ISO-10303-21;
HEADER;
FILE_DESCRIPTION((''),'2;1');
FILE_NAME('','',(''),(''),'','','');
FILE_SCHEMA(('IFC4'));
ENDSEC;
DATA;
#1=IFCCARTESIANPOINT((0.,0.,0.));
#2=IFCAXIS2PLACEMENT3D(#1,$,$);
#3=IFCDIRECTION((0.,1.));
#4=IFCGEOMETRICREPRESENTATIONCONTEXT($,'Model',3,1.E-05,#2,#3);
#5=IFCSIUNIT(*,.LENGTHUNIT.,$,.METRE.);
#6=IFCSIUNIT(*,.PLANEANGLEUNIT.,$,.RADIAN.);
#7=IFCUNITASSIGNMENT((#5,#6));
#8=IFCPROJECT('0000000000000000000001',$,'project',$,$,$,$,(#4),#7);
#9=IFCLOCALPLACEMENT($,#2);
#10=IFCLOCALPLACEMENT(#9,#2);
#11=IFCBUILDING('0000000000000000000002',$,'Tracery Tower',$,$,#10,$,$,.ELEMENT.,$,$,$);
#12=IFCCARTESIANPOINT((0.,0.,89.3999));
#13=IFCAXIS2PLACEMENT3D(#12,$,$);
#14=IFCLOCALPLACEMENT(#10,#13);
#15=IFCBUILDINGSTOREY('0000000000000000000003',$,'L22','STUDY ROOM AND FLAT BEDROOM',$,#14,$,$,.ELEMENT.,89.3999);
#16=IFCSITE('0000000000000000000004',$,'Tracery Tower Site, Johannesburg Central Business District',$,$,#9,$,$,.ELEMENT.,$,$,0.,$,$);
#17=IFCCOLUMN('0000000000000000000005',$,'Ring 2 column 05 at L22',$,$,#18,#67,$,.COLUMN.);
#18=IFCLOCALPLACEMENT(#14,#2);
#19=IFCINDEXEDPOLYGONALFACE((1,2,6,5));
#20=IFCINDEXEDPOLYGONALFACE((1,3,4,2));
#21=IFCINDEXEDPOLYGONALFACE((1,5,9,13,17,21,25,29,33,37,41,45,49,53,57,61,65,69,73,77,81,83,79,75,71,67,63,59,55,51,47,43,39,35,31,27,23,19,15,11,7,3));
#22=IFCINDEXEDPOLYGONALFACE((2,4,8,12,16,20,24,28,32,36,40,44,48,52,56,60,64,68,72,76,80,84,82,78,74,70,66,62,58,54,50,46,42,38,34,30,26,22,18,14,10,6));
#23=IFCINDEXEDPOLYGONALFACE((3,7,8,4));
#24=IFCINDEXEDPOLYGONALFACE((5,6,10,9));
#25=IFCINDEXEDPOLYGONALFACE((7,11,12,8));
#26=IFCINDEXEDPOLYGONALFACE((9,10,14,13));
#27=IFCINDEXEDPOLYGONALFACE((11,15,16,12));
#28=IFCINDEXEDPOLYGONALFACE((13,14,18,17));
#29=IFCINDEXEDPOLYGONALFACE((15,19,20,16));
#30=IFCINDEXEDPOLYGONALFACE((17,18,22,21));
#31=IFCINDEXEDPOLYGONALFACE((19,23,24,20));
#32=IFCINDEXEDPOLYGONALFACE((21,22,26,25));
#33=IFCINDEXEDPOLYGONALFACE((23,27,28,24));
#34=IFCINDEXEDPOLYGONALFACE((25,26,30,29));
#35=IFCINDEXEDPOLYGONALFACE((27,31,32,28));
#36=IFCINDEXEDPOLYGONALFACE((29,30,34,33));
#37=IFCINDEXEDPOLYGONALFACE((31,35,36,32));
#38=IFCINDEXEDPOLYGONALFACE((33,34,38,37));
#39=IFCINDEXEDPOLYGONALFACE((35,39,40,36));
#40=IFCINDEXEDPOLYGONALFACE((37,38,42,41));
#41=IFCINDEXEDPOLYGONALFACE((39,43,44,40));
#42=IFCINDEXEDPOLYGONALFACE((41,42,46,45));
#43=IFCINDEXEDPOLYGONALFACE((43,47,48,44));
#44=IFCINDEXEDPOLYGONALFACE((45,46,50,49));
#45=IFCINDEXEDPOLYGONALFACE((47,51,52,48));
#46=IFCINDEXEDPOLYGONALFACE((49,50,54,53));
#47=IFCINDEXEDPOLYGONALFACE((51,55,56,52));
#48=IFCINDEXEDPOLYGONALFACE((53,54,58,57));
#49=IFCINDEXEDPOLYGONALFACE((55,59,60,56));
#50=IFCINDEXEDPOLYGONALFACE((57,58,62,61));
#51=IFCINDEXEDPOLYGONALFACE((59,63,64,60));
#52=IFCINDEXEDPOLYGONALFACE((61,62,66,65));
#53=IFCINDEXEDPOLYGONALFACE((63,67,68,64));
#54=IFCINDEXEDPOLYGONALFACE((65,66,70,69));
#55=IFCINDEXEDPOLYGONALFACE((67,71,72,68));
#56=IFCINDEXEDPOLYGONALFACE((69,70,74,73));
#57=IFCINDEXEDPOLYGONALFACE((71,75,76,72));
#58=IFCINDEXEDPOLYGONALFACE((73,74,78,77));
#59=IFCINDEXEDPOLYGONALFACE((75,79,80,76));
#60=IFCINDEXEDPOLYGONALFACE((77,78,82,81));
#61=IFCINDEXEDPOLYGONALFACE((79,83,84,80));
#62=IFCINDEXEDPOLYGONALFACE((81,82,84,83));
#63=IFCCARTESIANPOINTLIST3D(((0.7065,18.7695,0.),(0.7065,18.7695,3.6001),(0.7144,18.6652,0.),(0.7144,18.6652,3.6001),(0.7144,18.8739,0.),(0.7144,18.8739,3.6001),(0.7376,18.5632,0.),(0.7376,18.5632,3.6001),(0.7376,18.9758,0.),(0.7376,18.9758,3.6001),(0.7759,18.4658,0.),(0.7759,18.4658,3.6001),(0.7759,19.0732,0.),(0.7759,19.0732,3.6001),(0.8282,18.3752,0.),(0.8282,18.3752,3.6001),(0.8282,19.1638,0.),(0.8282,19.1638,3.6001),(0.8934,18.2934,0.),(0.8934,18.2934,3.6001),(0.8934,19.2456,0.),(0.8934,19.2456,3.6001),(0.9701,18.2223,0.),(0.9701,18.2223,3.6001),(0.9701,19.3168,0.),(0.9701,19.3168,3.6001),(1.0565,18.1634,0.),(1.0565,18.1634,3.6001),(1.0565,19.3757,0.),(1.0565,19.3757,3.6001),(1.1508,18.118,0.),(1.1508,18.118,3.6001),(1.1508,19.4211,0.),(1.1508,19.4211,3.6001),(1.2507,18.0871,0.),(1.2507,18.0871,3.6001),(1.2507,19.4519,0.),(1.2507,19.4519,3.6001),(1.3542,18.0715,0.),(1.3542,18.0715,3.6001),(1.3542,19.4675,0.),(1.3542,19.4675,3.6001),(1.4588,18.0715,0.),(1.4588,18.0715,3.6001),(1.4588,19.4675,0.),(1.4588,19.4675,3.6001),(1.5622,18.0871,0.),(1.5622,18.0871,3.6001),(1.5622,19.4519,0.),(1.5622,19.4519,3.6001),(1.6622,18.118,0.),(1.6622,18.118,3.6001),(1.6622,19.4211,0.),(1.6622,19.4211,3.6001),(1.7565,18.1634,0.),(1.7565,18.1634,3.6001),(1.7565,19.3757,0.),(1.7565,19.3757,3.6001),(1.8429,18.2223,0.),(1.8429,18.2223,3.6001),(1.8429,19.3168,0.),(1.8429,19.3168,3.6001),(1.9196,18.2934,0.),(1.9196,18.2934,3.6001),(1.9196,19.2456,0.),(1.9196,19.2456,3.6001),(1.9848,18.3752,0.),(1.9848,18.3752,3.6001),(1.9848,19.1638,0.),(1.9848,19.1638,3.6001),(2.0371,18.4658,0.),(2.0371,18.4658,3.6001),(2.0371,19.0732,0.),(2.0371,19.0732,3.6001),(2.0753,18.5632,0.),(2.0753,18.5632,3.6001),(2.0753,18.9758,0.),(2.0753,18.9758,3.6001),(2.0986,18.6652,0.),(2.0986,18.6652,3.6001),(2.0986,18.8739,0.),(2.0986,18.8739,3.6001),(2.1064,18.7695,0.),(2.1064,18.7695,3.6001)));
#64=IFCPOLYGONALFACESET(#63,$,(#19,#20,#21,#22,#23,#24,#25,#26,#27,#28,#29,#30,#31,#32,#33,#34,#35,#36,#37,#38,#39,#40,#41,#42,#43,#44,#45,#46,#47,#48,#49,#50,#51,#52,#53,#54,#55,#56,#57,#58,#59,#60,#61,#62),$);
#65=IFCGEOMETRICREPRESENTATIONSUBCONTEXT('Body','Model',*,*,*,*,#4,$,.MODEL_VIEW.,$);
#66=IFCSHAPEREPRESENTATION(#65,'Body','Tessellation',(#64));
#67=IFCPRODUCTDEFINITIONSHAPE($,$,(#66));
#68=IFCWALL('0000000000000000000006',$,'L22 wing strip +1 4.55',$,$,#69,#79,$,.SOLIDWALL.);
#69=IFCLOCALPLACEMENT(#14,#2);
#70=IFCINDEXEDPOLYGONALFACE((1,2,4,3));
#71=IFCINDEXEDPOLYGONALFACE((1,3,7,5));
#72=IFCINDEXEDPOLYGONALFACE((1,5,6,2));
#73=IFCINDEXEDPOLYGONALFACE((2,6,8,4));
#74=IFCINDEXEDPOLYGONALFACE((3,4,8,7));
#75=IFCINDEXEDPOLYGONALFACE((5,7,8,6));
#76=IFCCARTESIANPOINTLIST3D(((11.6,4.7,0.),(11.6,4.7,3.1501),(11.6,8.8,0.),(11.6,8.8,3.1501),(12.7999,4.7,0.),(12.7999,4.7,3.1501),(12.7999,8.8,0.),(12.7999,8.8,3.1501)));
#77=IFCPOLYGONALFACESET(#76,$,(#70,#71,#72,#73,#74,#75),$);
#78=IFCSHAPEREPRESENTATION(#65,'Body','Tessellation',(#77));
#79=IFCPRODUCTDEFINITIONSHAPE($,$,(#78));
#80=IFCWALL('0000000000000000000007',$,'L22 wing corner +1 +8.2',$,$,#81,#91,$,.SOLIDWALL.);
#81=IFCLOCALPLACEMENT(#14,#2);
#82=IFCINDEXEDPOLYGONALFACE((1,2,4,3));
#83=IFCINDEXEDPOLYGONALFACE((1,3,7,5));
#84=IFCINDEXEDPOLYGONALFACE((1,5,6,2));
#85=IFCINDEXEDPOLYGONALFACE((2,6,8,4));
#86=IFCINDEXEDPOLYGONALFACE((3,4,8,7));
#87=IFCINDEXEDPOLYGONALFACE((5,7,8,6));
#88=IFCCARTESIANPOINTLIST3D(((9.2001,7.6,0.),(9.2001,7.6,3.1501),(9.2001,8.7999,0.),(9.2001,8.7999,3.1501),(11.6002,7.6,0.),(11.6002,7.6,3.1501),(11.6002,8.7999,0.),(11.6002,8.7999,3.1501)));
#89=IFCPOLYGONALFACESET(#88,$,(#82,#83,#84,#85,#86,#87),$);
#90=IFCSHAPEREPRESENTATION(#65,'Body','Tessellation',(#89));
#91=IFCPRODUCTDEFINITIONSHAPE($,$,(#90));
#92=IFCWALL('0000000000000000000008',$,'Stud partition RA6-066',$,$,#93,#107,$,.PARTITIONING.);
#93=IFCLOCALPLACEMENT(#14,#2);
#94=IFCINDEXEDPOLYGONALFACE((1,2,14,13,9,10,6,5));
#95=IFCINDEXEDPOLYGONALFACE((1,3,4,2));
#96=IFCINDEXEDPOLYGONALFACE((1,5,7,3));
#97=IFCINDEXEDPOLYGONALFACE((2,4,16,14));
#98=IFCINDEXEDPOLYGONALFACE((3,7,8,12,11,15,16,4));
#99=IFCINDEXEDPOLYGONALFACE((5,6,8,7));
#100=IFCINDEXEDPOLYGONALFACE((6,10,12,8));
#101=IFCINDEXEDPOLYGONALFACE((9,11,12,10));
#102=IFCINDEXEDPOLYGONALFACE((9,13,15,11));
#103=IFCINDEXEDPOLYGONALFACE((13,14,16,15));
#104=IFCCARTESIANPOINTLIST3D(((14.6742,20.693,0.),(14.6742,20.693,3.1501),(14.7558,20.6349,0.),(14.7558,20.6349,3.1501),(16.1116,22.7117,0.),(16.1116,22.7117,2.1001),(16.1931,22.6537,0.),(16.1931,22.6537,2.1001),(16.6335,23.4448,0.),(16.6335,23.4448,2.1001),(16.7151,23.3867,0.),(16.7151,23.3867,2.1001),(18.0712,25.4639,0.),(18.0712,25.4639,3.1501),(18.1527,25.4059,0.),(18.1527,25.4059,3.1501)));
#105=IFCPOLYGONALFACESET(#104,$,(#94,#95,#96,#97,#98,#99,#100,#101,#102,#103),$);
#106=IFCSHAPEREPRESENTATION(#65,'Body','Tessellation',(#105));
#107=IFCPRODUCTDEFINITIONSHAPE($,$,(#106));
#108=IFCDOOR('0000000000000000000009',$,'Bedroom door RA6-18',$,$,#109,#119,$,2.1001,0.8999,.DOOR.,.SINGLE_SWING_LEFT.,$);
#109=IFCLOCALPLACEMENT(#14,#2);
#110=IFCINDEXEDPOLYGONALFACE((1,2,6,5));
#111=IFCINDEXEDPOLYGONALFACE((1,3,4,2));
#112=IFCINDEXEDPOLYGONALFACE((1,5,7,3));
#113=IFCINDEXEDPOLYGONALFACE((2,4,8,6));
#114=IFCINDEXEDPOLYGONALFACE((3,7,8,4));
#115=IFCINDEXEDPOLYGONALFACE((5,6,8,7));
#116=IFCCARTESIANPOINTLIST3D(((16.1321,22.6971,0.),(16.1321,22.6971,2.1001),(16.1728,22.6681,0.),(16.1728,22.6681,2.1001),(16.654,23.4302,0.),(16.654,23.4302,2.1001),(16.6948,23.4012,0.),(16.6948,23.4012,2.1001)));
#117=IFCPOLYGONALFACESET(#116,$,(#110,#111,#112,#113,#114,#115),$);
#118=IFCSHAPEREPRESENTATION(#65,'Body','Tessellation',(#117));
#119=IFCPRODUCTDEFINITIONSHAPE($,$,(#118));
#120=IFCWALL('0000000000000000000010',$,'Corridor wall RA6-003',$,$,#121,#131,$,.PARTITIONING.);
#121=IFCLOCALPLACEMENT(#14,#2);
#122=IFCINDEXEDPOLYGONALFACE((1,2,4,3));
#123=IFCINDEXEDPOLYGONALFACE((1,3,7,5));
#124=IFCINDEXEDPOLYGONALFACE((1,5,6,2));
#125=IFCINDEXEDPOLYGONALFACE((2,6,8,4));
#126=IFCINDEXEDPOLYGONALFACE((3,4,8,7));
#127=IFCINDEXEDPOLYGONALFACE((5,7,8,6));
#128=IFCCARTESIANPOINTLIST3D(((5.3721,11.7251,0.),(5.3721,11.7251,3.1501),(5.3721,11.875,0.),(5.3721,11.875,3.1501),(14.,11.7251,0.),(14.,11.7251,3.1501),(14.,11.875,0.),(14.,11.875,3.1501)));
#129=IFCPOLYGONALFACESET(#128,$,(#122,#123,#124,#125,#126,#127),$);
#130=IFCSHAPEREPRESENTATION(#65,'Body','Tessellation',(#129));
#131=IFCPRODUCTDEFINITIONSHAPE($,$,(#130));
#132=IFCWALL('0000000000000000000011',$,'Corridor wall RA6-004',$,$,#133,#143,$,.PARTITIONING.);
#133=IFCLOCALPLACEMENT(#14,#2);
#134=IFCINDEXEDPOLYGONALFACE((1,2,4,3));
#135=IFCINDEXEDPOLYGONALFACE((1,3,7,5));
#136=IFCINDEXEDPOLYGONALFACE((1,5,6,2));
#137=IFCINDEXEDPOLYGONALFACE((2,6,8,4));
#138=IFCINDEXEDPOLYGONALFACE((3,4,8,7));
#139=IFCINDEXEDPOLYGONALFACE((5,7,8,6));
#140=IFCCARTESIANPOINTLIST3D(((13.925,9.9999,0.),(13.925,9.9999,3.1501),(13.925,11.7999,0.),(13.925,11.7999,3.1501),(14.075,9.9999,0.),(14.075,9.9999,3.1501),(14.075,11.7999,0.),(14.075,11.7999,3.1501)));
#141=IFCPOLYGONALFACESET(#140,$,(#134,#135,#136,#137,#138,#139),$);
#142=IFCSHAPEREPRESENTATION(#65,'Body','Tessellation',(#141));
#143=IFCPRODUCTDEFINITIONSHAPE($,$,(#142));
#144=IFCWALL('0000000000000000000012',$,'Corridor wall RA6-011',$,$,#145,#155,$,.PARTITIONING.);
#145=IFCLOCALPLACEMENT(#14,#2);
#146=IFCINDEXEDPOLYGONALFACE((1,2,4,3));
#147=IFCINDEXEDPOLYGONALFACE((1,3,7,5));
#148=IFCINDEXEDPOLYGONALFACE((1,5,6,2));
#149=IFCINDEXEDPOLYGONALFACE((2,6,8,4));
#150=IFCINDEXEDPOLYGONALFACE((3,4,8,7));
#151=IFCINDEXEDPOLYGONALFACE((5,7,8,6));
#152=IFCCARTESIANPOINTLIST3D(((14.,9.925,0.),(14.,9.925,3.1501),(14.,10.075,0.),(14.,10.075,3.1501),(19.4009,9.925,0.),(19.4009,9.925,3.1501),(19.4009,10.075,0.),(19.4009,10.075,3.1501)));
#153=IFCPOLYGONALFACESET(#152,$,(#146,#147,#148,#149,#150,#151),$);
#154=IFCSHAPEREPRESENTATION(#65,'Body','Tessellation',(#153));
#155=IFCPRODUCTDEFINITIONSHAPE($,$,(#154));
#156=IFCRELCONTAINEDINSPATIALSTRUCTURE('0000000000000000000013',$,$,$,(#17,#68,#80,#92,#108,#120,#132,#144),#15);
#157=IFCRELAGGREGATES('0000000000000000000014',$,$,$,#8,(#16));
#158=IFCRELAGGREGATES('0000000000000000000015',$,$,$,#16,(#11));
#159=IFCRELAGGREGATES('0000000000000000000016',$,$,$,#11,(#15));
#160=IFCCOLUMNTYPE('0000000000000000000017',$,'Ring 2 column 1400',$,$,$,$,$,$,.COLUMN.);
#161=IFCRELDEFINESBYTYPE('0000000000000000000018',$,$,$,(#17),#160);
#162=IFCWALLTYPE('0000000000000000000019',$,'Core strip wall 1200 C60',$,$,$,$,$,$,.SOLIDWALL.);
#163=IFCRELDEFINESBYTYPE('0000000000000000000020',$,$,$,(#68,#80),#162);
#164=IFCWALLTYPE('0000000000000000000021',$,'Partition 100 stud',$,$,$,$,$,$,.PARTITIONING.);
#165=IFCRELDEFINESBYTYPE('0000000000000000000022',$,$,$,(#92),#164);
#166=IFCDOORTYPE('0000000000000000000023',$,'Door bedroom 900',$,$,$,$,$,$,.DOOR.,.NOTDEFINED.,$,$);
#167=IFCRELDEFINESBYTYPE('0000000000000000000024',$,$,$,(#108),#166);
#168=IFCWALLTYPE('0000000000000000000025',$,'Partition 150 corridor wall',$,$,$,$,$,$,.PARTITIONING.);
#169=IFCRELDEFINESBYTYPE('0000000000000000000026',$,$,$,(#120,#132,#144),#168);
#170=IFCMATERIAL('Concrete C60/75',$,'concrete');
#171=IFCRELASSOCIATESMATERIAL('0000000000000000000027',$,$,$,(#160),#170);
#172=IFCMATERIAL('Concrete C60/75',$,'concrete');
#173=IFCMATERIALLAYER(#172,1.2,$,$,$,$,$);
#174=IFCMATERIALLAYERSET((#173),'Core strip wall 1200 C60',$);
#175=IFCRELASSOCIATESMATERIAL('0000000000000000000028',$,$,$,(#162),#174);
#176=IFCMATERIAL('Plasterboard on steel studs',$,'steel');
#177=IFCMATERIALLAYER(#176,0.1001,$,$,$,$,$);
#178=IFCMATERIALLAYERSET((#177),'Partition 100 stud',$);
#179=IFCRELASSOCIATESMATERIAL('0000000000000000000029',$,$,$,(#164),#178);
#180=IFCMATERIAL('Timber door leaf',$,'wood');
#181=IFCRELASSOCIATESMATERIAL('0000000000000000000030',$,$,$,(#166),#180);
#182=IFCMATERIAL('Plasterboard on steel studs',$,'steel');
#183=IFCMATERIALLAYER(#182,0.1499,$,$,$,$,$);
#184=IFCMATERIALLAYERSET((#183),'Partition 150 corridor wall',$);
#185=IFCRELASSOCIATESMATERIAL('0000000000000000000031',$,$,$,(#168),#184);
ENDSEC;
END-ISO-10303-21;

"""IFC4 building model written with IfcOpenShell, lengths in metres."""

from ifc_helpers import new_model, si_unit, direction, frame, frame_2d, origin, origin_2d, place, context, subcontext, project, spatial, rectangle, circle, extrude, material, layer, layer_set, material_profile, profile_set, type_object, element, fill, save


model = new_model("IFC4")

# Units and contexts
model_context = context("Model", 3, precision=1e-05, world=origin(), true_north=direction((0.0, 1.0)))
body_context = subcontext(model_context, "Body", "Model", "MODEL_VIEW")
ifc_project = project(units=[si_unit("LENGTHUNIT", "METRE"), si_unit("PLANEANGLEUNIT", "RADIAN")], contexts=[model_context])

# Site, building, storey
site_placement = place(None, origin())
site = spatial("IfcSite", under=ifc_project, at=site_placement, Name="Tracery Tower Site, Johannesburg Central Business District", CompositionType="ELEMENT", RefElevation=0.0)
building_placement = place(site_placement, origin())
building = spatial("IfcBuilding", under=site, at=building_placement, Name="Tracery Tower", CompositionType="ELEMENT")
storey_placement = place(building_placement, frame((0.0, 0.0, 89.3999)))
storey = spatial("IfcBuildingStorey", under=building, at=storey_placement, Name="L22", Description="STUDY ROOM AND FLAT BEDROOM", CompositionType="ELEMENT", Elevation=89.3999)

# Column
ifc_material_1 = material(Name="Concrete C60/75", Category="concrete")
ifc_material_profile_1 = material_profile(ifc_material_1, circle(Radius=0.7, at=origin_2d()), Name="RC D1400")
ifc_profile_set_1 = profile_set([ifc_material_profile_1], Name="Concrete C60/75")
column_type_1 = type_object("IfcColumnType", Name="Ring 2 column 1400", PredefinedType="COLUMN", material=ifc_profile_set_1)
for number, where, z_axis, x_axis, name in (
    (1, (1.4065, 18.7695, 0.0), (0.0, 0.0, 1.0), (1.0, 0.0, 0.0), "Ring 2 column 05 at L22"),
):
    element("IfcColumn", number, at=place(storey_placement, frame(where, z_axis=z_axis, x_axis=x_axis)), inside=storey, type_object=column_type_1, Name=name, PredefinedType="COLUMN", context=body_context, shape_type="SweptSolid", body=[
        extrude(circle(Radius=0.7, at=origin_2d()), origin(), (0.0, 0.0, 1.0), 3.6001),
    ])

# Walls
ifc_material_2 = material(Name="Concrete C60/75", Category="concrete")
ifc_layer_1 = layer(ifc_material_2, 1.2)
ifc_layer_set_1 = layer_set([ifc_layer_1], Name="Core strip wall 1200 C60")
wall_type_1 = type_object("IfcWallType", Name="Core strip wall 1200 C60", PredefinedType="SOLIDWALL", material=ifc_layer_set_1)
wall_1_placement = place(storey_placement, frame((12.2, 4.7, 0.0), z_axis=(0.0, 0.0, 1.0), x_axis=(0.0, 1.0, 0.0)))
element("IfcWall", 2, at=wall_1_placement, inside=storey, type_object=wall_type_1, Name="L22 wing strip +1 4.55", PredefinedType="SOLIDWALL", context=body_context, shape_type="SweptSolid", body=[
    extrude(rectangle(XDim=4.1001, YDim=1.2, at=frame_2d((2.05, 0.0))), origin(), (0.0, 0.0, 1.0), 3.1501),
])
wall_2_placement = place(storey_placement, frame((9.2, 8.2, 0.0), z_axis=(0.0, 0.0, 1.0), x_axis=(1.0, 0.0, 0.0)))
element("IfcWall", 3, at=wall_2_placement, inside=storey, type_object=wall_type_1, Name="L22 wing corner +1 +8.2", PredefinedType="SOLIDWALL", context=body_context, shape_type="SweptSolid", body=[
    extrude(rectangle(XDim=2.4001, YDim=1.2, at=frame_2d((1.2002, 0.0))), origin(), (0.0, 0.0, 1.0), 3.1501),
])

# Wall, opening, door
ifc_material_3 = material(Name="Plasterboard on steel studs", Category="steel")
ifc_layer_2 = layer(ifc_material_3, 0.1001)
ifc_layer_set_2 = layer_set([ifc_layer_2], Name="Partition 100 stud")
wall_type_2 = type_object("IfcWallType", Name="Partition 100 stud", PredefinedType="PARTITIONING", material=ifc_layer_set_2)
wall_3_placement = place(storey_placement, frame((14.7151, 20.6641, 0.0), z_axis=(0.0, 0.0, 1.0), x_axis=(0.580007, 0.814611, 0.0)))
wall_3 = element("IfcWall", 4, at=wall_3_placement, inside=storey, type_object=wall_type_2, Name="Stud partition RA6-066", PredefinedType="PARTITIONING", context=body_context, shape_type="SweptSolid", body=[
    extrude(rectangle(XDim=5.8567, YDim=0.1001, at=frame_2d((2.9282, 0.0))), origin(), (0.0, 0.0, 1.0), 3.1501),
])
opening_1_placement = place(wall_3_placement, frame((2.478, 0.0, 0.0)))
opening_1 = element("IfcOpeningElement", 5, at=opening_1_placement, cuts=wall_3, PredefinedType="OPENING", context=body_context, shape_type="SweptSolid", body=[
    extrude(rectangle(XDim=0.8999, YDim=2.1001, at=frame_2d((0.45, 1.05))), frame((0.0, 0.05, 0.0), z_axis=(0.0, -1.0, 0.0), x_axis=(1.0, 0.0, 0.0)), (0.0, 0.0, 1.0), 0.1001),
])
ifc_material_4 = material(Name="Timber door leaf", Category="wood")
door_type_1 = type_object("IfcDoorType", Name="Door bedroom 900", OperationType="NOTDEFINED", PredefinedType="DOOR", material=ifc_material_4)
door_1_placement = place(opening_1_placement, origin())
door_1 = element("IfcDoor", 6, at=door_1_placement, inside=storey, type_object=door_type_1, Name="Bedroom door RA6-18", OperationType="SINGLE_SWING_LEFT", OverallHeight=2.1001, OverallWidth=0.8999, PredefinedType="DOOR", context=body_context, shape_type="SweptSolid", body=[
    extrude(rectangle(XDim=0.8999, YDim=2.1001, at=frame_2d((0.45, 1.05))), frame((0.0, 0.0249, 0.0), z_axis=(0.0, -1.0, 0.0), x_axis=(1.0, 0.0, 0.0)), (0.0, 0.0, 1.0), 0.05),
])
fill(opening_1, door_1)

# Walls
ifc_material_5 = material(Name="Plasterboard on steel studs", Category="steel")
ifc_layer_3 = layer(ifc_material_5, 0.1499)
ifc_layer_set_3 = layer_set([ifc_layer_3], Name="Partition 150 corridor wall")
wall_type_3 = type_object("IfcWallType", Name="Partition 150 corridor wall", PredefinedType="PARTITIONING", material=ifc_layer_set_3)
wall_4_placement = place(storey_placement, frame((5.3721, 11.8, 0.0), z_axis=(0.0, 0.0, 1.0), x_axis=(1.0, 0.0, 0.0)))
element("IfcWall", 7, at=wall_4_placement, inside=storey, type_object=wall_type_3, Name="Corridor wall RA6-003", PredefinedType="PARTITIONING", context=body_context, shape_type="SweptSolid", body=[
    extrude(rectangle(XDim=8.6279, YDim=0.1499, at=frame_2d((4.314, 0.0))), origin(), (0.0, 0.0, 1.0), 3.1501),
])
wall_5_placement = place(storey_placement, frame((14.0, 10.0, 0.0), z_axis=(0.0, 0.0, 1.0), x_axis=(0.0, 1.0, 0.0)))
element("IfcWall", 8, at=wall_5_placement, inside=storey, type_object=wall_type_3, Name="Corridor wall RA6-004", PredefinedType="PARTITIONING", context=body_context, shape_type="SweptSolid", body=[
    extrude(rectangle(XDim=1.8, YDim=0.1499, at=frame_2d((0.8999, 0.0))), origin(), (0.0, 0.0, 1.0), 3.1501),
])
wall_6_placement = place(storey_placement, frame((14.0, 10.0, 0.0), z_axis=(0.0, 0.0, 1.0), x_axis=(1.0, 0.0, 0.0)))
element("IfcWall", 9, at=wall_6_placement, inside=storey, type_object=wall_type_3, Name="Corridor wall RA6-011", PredefinedType="PARTITIONING", context=body_context, shape_type="SweptSolid", body=[
    extrude(rectangle(XDim=5.4009, YDim=0.1499, at=frame_2d((2.7004, 0.0))), origin(), (0.0, 0.0, 1.0), 3.1501),
])

save(model, "model.ifc")
